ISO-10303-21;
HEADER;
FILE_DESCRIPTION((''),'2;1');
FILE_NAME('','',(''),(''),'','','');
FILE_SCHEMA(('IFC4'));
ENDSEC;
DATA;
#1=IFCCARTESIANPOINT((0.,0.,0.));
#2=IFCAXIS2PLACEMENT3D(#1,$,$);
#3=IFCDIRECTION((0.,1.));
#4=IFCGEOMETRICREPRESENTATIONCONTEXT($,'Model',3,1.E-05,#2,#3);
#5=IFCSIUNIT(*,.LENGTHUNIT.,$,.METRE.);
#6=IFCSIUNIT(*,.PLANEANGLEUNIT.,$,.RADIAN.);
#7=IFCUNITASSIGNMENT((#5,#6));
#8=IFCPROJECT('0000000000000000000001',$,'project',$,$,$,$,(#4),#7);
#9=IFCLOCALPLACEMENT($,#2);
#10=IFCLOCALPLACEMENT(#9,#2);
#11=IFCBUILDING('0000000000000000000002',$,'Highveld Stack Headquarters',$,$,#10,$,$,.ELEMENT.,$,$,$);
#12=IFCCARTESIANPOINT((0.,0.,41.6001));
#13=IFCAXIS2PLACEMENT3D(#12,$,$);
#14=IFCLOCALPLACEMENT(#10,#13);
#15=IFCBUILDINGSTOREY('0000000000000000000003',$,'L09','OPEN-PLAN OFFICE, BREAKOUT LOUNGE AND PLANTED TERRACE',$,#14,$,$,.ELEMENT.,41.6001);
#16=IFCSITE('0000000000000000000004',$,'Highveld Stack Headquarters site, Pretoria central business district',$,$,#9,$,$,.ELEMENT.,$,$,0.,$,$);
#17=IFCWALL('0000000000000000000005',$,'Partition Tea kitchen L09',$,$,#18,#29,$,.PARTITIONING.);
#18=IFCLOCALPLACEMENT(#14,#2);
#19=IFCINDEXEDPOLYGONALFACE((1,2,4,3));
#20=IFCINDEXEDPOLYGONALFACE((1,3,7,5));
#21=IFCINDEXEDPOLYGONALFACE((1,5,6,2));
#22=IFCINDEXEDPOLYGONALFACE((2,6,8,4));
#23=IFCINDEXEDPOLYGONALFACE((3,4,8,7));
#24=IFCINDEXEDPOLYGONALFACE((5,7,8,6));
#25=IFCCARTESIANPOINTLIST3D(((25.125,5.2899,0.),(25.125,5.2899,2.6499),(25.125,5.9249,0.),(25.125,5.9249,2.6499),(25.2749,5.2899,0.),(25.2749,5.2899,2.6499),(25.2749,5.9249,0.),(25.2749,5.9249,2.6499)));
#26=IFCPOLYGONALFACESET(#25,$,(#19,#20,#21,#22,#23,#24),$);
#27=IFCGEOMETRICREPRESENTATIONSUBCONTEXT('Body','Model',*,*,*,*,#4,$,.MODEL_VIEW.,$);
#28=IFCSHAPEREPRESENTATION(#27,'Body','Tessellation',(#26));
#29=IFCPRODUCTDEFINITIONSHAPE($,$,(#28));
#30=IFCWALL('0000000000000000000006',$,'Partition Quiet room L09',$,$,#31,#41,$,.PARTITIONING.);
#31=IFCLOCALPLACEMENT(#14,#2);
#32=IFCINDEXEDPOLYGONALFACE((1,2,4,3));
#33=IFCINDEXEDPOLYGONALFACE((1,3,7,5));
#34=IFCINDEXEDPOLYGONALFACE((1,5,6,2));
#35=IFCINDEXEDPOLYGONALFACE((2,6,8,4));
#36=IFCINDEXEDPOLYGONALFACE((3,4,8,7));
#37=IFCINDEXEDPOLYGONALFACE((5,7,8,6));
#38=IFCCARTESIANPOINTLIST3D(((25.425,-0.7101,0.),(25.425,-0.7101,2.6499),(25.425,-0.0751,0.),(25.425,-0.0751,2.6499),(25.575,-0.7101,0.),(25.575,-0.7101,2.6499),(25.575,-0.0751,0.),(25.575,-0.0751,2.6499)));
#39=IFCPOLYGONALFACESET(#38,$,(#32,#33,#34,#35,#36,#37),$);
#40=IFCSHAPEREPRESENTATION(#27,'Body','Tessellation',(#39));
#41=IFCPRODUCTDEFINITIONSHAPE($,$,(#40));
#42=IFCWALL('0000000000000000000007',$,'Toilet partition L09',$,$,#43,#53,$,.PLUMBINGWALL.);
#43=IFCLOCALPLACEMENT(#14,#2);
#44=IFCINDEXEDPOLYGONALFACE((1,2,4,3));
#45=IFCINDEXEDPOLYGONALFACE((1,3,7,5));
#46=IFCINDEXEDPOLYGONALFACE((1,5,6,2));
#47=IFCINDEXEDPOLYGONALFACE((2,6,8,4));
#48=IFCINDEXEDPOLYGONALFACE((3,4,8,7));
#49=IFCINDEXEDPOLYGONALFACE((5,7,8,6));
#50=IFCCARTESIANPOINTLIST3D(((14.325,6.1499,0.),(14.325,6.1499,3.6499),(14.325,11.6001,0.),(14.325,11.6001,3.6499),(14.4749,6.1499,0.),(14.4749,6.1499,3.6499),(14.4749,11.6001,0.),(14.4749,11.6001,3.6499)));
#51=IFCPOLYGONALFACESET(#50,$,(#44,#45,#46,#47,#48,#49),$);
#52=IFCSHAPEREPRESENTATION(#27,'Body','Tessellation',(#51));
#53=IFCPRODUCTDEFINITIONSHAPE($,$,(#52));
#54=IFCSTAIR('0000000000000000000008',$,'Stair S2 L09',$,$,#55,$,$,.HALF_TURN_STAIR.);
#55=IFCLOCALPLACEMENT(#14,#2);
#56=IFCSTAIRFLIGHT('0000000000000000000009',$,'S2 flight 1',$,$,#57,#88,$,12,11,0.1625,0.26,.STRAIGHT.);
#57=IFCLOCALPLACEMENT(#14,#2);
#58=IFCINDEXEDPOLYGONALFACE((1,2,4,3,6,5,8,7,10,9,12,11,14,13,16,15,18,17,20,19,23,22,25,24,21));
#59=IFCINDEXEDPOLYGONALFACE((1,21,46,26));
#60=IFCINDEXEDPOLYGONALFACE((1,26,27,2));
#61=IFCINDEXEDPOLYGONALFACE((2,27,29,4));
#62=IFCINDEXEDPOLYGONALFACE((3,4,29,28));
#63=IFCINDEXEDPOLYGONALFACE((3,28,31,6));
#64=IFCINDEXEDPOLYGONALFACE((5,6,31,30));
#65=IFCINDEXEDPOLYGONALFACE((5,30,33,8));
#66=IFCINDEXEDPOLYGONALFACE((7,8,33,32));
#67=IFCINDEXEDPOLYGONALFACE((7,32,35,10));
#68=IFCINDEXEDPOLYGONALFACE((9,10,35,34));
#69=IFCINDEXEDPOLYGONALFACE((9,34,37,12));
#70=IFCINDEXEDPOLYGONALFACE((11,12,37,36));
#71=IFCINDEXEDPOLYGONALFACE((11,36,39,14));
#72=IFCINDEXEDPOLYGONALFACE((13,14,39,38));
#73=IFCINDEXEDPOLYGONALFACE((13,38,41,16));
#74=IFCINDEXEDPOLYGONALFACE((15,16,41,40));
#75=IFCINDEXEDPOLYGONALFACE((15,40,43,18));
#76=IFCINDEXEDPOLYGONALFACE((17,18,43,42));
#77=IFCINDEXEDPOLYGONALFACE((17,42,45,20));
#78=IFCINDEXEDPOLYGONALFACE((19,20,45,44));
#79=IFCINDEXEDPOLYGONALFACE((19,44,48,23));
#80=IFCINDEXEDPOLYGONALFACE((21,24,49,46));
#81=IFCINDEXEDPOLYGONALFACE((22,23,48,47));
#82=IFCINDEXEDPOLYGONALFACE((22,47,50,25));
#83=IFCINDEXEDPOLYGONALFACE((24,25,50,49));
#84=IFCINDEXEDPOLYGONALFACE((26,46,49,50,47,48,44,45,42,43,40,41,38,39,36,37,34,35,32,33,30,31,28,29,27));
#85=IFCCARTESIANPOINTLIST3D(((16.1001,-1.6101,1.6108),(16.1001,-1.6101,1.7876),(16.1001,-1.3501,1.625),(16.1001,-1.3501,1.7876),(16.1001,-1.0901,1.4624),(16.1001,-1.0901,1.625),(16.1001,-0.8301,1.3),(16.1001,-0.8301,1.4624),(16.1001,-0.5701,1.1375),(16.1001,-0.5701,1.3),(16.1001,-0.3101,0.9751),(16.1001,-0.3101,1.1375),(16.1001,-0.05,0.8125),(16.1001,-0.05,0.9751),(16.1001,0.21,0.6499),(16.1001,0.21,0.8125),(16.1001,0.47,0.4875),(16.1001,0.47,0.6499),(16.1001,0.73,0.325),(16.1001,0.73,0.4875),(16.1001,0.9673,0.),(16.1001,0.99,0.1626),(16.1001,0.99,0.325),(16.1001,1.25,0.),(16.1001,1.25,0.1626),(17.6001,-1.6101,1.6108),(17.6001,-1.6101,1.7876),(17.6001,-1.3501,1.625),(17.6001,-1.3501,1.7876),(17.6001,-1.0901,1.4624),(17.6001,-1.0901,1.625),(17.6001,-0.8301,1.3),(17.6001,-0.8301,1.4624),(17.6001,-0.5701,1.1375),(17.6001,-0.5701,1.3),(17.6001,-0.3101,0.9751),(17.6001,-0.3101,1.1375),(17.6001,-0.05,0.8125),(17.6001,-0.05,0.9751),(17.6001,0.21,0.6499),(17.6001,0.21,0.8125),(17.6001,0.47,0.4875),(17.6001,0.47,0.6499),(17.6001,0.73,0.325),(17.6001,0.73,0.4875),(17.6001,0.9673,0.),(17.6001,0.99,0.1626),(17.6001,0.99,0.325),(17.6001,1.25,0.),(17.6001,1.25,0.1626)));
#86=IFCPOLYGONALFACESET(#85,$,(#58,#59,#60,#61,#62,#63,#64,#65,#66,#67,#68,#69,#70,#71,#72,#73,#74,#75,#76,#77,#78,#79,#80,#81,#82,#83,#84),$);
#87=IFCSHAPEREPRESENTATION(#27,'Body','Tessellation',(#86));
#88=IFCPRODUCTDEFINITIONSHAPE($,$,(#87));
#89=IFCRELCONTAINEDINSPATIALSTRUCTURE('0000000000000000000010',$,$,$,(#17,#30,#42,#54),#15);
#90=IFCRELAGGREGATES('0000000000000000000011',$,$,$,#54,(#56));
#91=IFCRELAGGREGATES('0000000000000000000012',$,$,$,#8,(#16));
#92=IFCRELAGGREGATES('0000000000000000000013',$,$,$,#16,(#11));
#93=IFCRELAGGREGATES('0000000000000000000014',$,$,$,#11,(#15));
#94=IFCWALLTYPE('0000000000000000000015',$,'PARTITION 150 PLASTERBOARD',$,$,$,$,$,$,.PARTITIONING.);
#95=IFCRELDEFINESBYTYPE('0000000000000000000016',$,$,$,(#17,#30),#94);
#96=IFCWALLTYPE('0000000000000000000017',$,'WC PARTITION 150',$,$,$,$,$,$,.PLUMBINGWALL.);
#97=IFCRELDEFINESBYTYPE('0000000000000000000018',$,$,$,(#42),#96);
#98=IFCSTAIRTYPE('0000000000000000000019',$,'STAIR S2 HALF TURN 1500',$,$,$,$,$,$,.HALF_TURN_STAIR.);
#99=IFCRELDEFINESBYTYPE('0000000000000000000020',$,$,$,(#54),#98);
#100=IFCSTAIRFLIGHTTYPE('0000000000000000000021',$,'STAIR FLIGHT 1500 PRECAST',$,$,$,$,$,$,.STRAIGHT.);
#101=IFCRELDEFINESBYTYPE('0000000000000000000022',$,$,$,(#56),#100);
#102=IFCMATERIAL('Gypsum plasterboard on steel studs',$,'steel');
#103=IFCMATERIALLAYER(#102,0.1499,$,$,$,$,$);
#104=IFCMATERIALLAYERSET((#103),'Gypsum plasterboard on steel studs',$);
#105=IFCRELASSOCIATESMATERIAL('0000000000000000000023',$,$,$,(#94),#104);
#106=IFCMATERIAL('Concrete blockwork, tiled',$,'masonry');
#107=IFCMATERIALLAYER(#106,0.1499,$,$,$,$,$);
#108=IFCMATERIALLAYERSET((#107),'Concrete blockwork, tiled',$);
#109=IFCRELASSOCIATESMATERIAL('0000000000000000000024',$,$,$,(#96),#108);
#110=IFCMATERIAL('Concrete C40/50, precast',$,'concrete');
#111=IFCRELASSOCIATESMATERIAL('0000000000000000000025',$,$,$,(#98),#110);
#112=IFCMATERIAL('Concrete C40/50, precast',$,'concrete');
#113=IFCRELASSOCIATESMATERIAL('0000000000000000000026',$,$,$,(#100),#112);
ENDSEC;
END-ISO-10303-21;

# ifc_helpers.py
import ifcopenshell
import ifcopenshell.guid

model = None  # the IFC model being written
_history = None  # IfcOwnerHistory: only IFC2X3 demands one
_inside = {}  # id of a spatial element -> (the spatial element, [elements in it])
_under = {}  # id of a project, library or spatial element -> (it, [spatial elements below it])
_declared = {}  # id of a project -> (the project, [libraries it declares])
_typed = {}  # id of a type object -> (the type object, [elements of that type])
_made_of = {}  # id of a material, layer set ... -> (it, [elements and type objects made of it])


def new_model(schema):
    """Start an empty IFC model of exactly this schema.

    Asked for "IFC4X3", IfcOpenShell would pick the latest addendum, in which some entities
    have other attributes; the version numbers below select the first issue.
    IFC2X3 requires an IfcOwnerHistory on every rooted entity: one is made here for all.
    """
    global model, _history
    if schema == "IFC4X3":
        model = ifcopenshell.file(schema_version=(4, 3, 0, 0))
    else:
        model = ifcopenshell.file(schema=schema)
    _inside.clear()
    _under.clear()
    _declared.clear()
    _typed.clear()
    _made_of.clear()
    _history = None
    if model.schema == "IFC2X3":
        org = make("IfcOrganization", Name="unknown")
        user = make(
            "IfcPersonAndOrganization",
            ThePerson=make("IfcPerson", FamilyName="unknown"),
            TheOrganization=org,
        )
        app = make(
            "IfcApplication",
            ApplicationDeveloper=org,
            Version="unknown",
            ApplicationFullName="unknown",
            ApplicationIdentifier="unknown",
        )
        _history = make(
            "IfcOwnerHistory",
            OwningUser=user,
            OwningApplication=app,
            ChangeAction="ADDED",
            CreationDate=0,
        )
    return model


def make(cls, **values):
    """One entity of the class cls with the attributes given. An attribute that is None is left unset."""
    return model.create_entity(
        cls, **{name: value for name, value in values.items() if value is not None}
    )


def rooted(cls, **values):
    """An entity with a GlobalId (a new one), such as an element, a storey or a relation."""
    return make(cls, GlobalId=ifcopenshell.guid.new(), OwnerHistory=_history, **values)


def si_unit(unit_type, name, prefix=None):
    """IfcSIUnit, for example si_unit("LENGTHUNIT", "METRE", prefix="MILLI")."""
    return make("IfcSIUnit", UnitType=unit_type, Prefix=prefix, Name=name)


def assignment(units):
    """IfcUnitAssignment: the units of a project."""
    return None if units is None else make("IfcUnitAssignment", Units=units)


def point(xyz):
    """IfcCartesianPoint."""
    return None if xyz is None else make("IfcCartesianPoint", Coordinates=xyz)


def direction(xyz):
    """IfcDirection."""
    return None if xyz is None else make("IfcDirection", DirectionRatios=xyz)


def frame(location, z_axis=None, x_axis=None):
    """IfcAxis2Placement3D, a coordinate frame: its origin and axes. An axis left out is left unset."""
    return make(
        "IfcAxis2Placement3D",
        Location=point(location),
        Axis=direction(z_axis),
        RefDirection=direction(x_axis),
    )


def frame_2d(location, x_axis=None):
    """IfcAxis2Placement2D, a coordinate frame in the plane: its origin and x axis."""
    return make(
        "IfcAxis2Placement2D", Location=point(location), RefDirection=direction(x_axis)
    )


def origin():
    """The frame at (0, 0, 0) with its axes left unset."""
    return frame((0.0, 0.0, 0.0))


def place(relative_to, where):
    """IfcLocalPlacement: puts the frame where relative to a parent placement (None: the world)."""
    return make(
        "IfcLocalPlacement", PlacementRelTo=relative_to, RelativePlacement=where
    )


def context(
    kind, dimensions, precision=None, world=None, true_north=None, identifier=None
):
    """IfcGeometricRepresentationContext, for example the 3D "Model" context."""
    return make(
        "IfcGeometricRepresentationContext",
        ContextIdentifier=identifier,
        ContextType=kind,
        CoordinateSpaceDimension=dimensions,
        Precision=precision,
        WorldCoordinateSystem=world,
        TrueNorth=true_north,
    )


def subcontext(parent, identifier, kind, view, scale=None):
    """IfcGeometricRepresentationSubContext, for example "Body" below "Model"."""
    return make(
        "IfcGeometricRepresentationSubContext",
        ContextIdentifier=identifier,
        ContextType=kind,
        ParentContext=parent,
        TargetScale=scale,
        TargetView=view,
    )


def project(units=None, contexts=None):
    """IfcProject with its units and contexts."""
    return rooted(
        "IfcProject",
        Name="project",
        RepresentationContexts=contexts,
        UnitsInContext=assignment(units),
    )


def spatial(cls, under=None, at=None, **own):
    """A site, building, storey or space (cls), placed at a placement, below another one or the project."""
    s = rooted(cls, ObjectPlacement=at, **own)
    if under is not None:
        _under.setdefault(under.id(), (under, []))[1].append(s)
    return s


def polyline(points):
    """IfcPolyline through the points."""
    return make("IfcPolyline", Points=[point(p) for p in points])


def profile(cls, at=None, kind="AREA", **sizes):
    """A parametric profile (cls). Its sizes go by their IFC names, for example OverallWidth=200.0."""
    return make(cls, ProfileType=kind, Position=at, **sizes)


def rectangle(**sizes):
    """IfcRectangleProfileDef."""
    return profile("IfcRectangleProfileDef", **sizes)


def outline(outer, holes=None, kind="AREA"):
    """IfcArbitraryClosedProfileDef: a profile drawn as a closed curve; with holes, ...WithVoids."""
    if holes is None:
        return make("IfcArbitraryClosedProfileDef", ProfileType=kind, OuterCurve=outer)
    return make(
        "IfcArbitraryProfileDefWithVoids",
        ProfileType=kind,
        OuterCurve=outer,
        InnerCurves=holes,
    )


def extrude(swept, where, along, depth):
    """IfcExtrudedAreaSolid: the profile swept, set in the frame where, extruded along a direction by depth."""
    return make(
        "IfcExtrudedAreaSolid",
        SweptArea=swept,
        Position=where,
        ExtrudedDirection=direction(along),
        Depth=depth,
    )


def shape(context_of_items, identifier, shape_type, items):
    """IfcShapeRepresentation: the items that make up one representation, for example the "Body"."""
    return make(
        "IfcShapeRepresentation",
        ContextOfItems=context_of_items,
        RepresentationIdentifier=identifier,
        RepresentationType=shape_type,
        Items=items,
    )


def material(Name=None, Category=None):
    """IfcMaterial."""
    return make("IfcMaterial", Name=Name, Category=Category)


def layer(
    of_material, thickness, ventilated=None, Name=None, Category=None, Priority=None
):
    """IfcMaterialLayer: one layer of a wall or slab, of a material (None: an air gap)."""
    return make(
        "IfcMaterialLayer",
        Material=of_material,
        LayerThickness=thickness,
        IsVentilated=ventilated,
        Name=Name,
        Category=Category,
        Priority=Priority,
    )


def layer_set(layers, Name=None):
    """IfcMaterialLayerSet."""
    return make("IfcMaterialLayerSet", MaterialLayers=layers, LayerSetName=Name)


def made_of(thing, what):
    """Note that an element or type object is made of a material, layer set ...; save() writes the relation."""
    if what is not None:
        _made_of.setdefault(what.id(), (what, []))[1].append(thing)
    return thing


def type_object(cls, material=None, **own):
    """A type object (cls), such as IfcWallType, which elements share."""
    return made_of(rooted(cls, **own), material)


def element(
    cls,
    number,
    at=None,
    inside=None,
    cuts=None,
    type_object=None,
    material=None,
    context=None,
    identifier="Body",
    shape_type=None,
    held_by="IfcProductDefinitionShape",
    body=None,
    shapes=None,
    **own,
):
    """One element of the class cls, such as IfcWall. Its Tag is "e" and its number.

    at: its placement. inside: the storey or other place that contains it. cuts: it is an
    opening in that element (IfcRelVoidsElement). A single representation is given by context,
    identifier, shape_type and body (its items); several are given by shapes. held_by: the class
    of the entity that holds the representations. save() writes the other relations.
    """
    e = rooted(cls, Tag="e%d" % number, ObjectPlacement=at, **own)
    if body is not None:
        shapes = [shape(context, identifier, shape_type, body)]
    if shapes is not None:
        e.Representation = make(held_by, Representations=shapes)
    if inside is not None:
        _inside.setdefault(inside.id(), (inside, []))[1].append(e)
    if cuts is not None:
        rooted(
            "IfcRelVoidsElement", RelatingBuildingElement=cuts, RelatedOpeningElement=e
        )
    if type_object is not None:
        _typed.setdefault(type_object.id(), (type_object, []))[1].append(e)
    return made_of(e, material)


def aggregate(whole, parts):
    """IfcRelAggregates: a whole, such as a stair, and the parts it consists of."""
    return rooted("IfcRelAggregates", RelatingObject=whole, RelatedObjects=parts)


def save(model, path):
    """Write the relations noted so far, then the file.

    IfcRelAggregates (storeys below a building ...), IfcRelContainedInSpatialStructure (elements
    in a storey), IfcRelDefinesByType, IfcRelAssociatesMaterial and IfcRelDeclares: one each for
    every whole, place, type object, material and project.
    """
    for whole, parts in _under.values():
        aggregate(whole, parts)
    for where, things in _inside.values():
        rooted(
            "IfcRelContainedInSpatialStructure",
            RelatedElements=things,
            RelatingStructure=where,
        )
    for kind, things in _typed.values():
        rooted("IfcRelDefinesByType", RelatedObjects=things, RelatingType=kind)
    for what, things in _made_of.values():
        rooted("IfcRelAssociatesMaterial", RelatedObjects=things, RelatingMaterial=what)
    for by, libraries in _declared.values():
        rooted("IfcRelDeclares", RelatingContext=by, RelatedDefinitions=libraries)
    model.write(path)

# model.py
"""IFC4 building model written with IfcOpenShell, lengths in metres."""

from ifc_helpers import new_model, si_unit, direction, frame, frame_2d, origin, place, context, subcontext, project, spatial, polyline, rectangle, outline, extrude, material, layer, layer_set, type_object, element, aggregate, save


model = new_model("IFC4")

# Units and contexts
model_context = context("Model", 3, precision=1e-05, world=origin(), true_north=direction((0.0, 1.0)))
body_context = subcontext(model_context, "Body", "Model", "MODEL_VIEW")
ifc_project = project(units=[si_unit("LENGTHUNIT", "METRE"), si_unit("PLANEANGLEUNIT", "RADIAN")], contexts=[model_context])

# Site, building, storey
site_placement = place(None, origin())
site = spatial("IfcSite", under=ifc_project, at=site_placement, Name="Highveld Stack Headquarters site, Pretoria central business district", CompositionType="ELEMENT", RefElevation=0.0)
building_placement = place(site_placement, origin())
building = spatial("IfcBuilding", under=site, at=building_placement, Name="Highveld Stack Headquarters", CompositionType="ELEMENT")
storey_placement = place(building_placement, frame((0.0, 0.0, 41.6001)))
storey = spatial("IfcBuildingStorey", under=building, at=storey_placement, Name="L09", Description="OPEN-PLAN OFFICE, BREAKOUT LOUNGE AND PLANTED TERRACE", CompositionType="ELEMENT", Elevation=41.6001)

# Shared definitions
ifc_material_1 = material(Name="Gypsum plasterboard on steel studs", Category="steel")
ifc_layer_1 = layer(ifc_material_1, 0.1499)
ifc_layer_set_1 = layer_set([ifc_layer_1], Name="Gypsum plasterboard on steel studs")
wall_type_1 = type_object("IfcWallType", Name="PARTITION 150 PLASTERBOARD", PredefinedType="PARTITIONING", material=ifc_layer_set_1)

# Walls
for number, where, z_axis, x_axis, name in (
    (1, (25.2, 5.29, 0.0), (0.0, 0.0, 1.0), (0.0, 1.0, 0.0), "Partition Tea kitchen L09"),
    (2, (25.5, -0.71, 0.0), (0.0, 0.0, 1.0), (0.0, 1.0, 0.0), "Partition Quiet room L09"),
):
    element("IfcWall", number, at=place(storey_placement, frame(where, z_axis=z_axis, x_axis=x_axis)), inside=storey, type_object=wall_type_1, Name=name, PredefinedType="PARTITIONING", context=body_context, shape_type="SweptSolid", body=[
        extrude(rectangle(XDim=0.635, YDim=0.1499, at=frame_2d((0.3174, 0.0))), origin(), (0.0, 0.0, 1.0), 2.6499),
    ])
ifc_material_2 = material(Name="Concrete blockwork, tiled", Category="masonry")
ifc_layer_2 = layer(ifc_material_2, 0.1499)
ifc_layer_set_2 = layer_set([ifc_layer_2], Name="Concrete blockwork, tiled")
wall_type_2 = type_object("IfcWallType", Name="WC PARTITION 150", PredefinedType="PLUMBINGWALL", material=ifc_layer_set_2)
wall_1_placement = place(storey_placement, frame((14.3999, 6.1499, 0.0), z_axis=(0.0, 0.0, 1.0), x_axis=(0.0, 1.0, 0.0)))
element("IfcWall", 3, at=wall_1_placement, inside=storey, type_object=wall_type_2, Name="Toilet partition L09", PredefinedType="PLUMBINGWALL", context=body_context, shape_type="SweptSolid", body=[
    extrude(rectangle(XDim=5.4502, YDim=0.1499, at=frame_2d((2.7251, 0.0))), origin(), (0.0, 0.0, 1.0), 3.6499),
])

# Stair, stair flight
ifc_material_3 = material(Name="Concrete C40/50, precast", Category="concrete")
stair_type = type_object("IfcStairType", Name="STAIR S2 HALF TURN 1500", PredefinedType="HALF_TURN_STAIR", material=ifc_material_3)
stair_placement = place(storey_placement, origin())
stair = element("IfcStair", 4, at=stair_placement, inside=storey, type_object=stair_type, Name="Stair S2 L09", PredefinedType="HALF_TURN_STAIR")
ifc_material_4 = material(Name="Concrete C40/50, precast", Category="concrete")
stair_flight_type = type_object("IfcStairFlightType", Name="STAIR FLIGHT 1500 PRECAST", PredefinedType="STRAIGHT", material=ifc_material_4)
stair_flight_placement = place(storey_placement, frame((16.8501, 1.25, 0.0), z_axis=(0.0, 0.0, 1.0), x_axis=(0.0, -1.0, 0.0)))
stair_flight = element("IfcStairFlight", 5, at=stair_flight_placement, type_object=stair_flight_type, Name="S2 flight 1", NumberOfRisers=12, NumberOfTreads=11, PredefinedType="STRAIGHT", RiserHeight=0.1625, TreadLength=0.26, context=body_context, shape_type="SweptSolid", body=[
    extrude(outline(polyline([(0.0, 0.0), (0.0, 0.1626), (0.26, 0.1626), (0.26, 0.325), (0.52, 0.325), (0.52, 0.4875), (0.78, 0.4875), (0.78, 0.6499), (1.04, 0.6499), (1.04, 0.8125), (1.3, 0.8125), (1.3, 0.9751), (1.5601, 0.9751), (1.5601, 1.1375), (1.8201, 1.1375), (1.8201, 1.3), (2.0801, 1.3), (2.0801, 1.4624), (2.3401, 1.4624), (2.3401, 1.625), (2.6001, 1.625), (2.6001, 1.7876), (2.8601, 1.7876), (2.8601, 1.95), (2.8601, 1.6108), (0.2827, 0.0), (0.0, 0.0)])), frame((0.0, 0.75, 0.0), z_axis=(0.0, -1.0, 0.0), x_axis=(1.0, 0.0, 0.0)), (0.0, 0.0, 1.0), 1.5),
])
aggregate(stair, [stair_flight])

save(model, "model.ifc")
